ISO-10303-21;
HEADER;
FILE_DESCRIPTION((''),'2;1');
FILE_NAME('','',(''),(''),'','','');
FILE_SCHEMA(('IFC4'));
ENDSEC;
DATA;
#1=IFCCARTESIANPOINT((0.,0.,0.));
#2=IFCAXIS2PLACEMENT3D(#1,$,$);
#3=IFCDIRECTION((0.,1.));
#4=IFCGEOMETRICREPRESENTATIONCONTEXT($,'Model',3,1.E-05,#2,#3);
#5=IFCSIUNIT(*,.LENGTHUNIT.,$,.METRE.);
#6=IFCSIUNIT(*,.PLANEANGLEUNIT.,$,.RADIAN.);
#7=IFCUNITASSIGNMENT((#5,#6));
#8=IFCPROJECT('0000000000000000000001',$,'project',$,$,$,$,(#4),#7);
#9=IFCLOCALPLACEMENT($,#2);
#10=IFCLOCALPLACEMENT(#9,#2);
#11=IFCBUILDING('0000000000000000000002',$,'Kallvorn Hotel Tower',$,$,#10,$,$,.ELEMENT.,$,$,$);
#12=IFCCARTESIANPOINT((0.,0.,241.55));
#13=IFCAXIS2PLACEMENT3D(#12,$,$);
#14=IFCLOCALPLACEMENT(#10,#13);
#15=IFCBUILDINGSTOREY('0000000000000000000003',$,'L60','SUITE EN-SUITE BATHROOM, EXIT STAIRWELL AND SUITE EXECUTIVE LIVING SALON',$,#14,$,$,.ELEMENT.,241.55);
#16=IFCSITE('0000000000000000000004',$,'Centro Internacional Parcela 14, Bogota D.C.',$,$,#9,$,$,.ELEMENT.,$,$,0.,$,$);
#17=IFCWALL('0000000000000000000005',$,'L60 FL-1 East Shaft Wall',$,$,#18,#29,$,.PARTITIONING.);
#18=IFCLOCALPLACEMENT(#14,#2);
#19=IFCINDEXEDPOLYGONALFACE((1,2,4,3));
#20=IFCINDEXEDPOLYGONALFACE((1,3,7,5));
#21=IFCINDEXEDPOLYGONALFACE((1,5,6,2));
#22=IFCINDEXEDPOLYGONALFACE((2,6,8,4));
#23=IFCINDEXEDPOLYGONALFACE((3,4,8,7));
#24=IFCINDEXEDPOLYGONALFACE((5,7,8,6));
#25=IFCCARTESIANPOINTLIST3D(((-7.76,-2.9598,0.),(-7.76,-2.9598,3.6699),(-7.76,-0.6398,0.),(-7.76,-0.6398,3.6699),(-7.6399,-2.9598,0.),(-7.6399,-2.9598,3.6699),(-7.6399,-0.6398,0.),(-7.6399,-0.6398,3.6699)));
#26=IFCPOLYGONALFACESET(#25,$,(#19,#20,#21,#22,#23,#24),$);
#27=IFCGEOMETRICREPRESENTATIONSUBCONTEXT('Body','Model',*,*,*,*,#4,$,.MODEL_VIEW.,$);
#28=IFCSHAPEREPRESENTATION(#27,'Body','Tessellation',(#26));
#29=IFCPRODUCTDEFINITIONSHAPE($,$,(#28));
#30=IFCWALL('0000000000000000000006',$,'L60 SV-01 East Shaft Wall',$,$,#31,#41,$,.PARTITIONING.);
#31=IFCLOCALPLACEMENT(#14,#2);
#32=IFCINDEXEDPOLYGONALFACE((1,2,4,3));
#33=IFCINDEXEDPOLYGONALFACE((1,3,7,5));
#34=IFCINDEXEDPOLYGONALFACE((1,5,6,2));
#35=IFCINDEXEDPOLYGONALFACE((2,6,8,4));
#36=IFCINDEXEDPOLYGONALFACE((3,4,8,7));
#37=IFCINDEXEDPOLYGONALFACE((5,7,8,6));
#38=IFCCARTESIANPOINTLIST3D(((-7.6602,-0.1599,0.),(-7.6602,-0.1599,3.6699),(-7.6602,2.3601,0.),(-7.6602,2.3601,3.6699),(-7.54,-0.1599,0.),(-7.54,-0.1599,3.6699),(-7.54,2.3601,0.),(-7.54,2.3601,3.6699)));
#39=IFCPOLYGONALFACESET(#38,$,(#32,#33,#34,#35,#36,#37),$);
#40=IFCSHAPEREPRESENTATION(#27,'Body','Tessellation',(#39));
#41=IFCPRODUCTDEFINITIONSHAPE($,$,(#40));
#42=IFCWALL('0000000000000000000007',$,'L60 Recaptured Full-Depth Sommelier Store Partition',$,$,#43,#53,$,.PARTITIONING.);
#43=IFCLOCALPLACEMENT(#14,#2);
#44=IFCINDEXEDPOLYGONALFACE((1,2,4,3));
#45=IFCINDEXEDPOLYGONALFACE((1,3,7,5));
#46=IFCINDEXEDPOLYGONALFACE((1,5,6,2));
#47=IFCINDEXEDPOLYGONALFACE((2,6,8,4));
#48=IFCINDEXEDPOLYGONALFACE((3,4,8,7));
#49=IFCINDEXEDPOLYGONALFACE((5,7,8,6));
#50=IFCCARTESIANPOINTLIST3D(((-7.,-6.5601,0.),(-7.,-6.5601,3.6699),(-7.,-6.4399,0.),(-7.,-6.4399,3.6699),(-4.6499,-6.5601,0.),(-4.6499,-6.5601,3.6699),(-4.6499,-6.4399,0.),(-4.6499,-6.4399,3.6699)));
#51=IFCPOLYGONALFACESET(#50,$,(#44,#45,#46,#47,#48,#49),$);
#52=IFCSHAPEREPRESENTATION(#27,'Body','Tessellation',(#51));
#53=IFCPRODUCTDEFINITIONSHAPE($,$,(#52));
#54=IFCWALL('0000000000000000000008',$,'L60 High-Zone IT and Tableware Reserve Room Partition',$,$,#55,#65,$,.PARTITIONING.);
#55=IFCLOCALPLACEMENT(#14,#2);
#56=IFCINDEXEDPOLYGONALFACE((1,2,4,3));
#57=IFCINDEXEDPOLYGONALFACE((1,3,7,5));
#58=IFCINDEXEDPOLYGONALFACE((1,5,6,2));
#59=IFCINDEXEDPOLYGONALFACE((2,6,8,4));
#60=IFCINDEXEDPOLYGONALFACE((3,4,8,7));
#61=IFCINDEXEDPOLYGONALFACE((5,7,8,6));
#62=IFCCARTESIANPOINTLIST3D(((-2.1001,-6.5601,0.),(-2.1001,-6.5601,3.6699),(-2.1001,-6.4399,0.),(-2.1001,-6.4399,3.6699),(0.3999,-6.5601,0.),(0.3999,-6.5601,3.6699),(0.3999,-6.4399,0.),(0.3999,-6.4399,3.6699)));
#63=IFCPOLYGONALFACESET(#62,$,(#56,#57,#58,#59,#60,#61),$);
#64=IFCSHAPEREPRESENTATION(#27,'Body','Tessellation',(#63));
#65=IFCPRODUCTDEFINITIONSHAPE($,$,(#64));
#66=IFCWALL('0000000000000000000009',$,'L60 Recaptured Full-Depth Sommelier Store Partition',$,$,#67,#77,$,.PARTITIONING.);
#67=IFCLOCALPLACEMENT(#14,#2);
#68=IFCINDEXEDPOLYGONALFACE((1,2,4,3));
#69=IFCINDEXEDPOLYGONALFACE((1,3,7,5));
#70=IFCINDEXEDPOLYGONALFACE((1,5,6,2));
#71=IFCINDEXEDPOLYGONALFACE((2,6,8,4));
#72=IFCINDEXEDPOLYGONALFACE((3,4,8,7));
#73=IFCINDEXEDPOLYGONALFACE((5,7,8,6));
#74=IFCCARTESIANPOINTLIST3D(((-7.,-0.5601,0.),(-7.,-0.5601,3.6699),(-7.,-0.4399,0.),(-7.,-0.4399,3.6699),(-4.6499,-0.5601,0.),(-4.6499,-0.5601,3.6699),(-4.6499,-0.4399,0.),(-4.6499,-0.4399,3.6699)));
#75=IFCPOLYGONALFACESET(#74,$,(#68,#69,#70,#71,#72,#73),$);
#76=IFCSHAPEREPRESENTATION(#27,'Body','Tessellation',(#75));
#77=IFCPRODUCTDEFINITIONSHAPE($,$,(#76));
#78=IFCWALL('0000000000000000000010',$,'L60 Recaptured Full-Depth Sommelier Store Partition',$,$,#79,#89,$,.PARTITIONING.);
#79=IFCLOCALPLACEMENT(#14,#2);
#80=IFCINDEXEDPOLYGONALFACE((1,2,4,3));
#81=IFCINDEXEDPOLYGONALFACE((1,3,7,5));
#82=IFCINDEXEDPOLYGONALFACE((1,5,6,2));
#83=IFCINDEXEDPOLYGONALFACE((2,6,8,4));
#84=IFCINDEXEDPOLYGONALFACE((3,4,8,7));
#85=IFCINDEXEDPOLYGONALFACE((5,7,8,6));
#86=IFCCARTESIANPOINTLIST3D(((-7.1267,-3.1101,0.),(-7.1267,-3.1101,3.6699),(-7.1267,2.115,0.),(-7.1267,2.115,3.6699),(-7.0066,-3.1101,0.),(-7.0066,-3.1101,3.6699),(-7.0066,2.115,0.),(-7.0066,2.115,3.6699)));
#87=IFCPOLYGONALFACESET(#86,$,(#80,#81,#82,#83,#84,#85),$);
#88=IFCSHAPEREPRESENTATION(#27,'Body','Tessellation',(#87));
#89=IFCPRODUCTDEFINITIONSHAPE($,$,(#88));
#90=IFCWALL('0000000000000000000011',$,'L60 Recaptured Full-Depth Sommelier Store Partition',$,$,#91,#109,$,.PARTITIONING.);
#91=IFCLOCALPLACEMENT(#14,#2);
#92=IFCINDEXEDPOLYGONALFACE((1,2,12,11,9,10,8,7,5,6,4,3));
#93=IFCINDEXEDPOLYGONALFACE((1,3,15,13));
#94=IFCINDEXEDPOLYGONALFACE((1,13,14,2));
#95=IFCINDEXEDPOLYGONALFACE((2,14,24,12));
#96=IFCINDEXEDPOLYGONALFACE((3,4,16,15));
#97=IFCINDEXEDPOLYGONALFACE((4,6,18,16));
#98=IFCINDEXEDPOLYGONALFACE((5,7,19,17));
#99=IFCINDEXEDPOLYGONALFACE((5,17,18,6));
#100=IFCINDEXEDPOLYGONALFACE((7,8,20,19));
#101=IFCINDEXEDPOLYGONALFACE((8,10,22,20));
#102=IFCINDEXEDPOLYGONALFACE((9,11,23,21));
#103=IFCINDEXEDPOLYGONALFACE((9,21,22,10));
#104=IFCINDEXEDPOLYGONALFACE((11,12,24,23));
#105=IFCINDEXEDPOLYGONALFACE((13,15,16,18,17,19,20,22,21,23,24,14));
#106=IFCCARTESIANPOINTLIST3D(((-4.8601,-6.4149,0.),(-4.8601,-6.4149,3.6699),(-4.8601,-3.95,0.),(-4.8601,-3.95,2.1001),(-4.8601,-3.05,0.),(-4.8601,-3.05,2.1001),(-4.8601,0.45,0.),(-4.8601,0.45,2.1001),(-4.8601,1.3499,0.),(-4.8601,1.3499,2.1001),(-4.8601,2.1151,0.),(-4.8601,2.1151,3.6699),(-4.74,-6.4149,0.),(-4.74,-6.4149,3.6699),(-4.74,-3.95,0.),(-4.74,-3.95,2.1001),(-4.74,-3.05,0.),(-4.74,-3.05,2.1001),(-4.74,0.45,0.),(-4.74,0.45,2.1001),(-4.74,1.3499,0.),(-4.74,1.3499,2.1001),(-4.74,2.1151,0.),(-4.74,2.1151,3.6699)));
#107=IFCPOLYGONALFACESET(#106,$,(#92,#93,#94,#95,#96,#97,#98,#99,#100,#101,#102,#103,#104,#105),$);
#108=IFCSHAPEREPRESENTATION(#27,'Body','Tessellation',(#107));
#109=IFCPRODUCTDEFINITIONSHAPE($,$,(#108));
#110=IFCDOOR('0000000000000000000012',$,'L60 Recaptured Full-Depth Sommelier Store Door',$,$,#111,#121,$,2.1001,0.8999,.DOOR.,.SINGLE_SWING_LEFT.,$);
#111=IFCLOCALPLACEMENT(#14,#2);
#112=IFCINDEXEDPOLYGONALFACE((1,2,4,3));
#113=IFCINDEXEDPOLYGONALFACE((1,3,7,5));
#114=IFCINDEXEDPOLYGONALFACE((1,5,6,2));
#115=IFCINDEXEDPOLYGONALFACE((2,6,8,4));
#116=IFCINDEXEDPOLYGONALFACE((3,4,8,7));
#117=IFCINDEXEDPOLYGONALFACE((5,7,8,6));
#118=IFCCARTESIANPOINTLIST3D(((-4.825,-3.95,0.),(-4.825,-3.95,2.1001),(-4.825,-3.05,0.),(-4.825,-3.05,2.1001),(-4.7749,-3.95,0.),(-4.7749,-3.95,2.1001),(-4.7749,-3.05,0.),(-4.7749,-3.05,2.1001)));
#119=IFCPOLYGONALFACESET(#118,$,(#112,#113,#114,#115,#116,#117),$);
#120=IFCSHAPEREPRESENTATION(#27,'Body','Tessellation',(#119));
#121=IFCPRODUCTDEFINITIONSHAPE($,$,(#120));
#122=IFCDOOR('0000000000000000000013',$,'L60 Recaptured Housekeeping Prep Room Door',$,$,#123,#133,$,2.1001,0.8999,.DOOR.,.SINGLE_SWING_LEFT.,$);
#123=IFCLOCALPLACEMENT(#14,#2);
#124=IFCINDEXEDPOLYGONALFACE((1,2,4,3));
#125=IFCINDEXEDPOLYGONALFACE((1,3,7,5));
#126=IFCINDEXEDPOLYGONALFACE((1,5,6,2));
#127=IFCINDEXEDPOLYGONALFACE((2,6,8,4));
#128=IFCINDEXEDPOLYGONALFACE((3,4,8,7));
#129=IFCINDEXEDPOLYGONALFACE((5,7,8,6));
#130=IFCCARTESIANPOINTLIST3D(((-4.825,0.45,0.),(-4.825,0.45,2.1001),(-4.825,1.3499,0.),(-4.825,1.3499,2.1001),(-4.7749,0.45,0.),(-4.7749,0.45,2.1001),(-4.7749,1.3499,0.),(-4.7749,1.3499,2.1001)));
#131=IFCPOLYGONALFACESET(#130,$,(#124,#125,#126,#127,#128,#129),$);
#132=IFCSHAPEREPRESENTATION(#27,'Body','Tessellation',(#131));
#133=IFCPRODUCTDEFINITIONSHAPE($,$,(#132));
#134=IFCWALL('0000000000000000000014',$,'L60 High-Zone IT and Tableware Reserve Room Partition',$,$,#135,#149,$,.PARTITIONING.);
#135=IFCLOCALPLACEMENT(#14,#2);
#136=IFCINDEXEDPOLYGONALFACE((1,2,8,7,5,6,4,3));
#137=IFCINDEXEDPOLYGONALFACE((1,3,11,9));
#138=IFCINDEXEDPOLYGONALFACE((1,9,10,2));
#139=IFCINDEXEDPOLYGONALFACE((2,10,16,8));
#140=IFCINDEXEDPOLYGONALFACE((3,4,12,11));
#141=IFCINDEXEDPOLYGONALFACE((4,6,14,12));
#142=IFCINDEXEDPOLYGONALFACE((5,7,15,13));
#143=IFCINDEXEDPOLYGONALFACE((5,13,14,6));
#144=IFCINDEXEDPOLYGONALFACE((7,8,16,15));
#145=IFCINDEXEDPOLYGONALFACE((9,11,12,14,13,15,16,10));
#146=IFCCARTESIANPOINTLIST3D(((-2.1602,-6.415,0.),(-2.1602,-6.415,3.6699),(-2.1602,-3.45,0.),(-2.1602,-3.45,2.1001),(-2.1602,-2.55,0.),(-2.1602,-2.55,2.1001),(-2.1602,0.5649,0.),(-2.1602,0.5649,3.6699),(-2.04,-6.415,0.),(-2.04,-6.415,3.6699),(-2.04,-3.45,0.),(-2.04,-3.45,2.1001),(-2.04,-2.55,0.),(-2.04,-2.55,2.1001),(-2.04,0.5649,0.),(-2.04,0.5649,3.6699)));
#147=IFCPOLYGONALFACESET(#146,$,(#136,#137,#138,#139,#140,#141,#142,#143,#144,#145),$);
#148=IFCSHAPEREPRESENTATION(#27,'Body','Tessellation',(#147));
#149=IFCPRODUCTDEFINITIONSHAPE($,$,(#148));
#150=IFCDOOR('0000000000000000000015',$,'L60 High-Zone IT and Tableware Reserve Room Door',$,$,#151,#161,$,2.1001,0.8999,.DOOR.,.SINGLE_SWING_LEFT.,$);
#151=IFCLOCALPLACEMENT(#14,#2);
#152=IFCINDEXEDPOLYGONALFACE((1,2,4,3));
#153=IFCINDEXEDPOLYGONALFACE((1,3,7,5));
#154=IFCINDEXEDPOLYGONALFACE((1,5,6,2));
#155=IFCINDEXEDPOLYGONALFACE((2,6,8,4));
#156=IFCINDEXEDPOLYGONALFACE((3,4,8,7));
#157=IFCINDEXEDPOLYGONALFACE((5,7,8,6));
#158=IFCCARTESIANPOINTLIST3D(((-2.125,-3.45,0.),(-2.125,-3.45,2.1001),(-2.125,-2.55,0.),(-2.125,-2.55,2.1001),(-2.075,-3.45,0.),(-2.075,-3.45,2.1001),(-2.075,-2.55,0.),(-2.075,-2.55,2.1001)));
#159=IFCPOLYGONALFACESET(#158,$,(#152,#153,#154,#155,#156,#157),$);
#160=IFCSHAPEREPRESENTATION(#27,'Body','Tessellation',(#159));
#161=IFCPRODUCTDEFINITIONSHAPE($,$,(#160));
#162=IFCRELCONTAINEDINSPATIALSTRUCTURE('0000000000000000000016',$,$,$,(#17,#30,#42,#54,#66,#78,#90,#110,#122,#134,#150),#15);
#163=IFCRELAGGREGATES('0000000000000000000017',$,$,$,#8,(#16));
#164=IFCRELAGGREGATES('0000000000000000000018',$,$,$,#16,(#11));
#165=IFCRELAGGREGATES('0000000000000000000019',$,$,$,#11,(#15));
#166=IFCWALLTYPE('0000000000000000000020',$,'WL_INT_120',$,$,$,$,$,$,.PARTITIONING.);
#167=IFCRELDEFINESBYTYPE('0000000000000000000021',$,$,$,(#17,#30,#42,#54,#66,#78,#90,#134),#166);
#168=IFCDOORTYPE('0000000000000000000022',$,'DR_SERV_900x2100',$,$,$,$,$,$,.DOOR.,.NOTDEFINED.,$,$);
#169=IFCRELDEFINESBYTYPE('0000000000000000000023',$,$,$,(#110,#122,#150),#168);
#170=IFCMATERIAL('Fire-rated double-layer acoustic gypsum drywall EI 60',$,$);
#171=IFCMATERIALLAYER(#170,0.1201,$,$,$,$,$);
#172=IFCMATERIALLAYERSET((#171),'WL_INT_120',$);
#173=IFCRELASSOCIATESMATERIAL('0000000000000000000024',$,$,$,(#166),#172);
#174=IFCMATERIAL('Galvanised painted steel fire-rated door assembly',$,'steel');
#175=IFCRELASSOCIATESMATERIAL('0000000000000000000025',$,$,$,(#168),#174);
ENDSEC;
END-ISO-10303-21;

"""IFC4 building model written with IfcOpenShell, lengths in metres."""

from ifc_helpers import new_model, si_unit, direction, frame, frame_2d, origin, place, context, subcontext, project, spatial, rectangle, extrude, material, layer, layer_set, type_object, element, fill, save


model = new_model("IFC4")

# Units and contexts
model_context = context("Model", 3, precision=1e-05, world=origin(), true_north=direction((0.0, 1.0)))
body_context = subcontext(model_context, "Body", "Model", "MODEL_VIEW")
ifc_project = project(units=[si_unit("LENGTHUNIT", "METRE"), si_unit("PLANEANGLEUNIT", "RADIAN")], contexts=[model_context])

# Site, building, storey
site_placement = place(None, origin())
site = spatial("IfcSite", under=ifc_project, at=site_placement, Name="Centro Internacional Parcela 14, Bogota D.C.", CompositionType="ELEMENT", RefElevation=0.0)
building_placement = place(site_placement, origin())
building = spatial("IfcBuilding", under=site, at=building_placement, Name="Kallvorn Hotel Tower", CompositionType="ELEMENT")
storey_placement = place(building_placement, frame((0.0, 0.0, 241.55)))
storey = spatial("IfcBuildingStorey", under=building, at=storey_placement, Name="L60", Description="SUITE EN-SUITE BATHROOM, EXIT STAIRWELL AND SUITE EXECUTIVE LIVING SALON", CompositionType="ELEMENT", Elevation=241.55)

# Walls
ifc_material_1 = material(Name="Fire-rated double-layer acoustic gypsum drywall EI 60")
ifc_layer_1 = layer(ifc_material_1, 0.1201)
ifc_layer_set_1 = layer_set([ifc_layer_1], Name="WL_INT_120")
wall_type_1 = type_object("IfcWallType", Name="WL_INT_120", PredefinedType="PARTITIONING", material=ifc_layer_set_1)
wall_1_placement = place(storey_placement, frame((-7.7, -2.96, 0.0), z_axis=(0.0, 0.0, 1.0), x_axis=(0.0, 1.0, 0.0)))
element("IfcWall", 1, at=wall_1_placement, inside=storey, type_object=wall_type_1, Name="L60 FL-1 East Shaft Wall", PredefinedType="PARTITIONING", context=body_context, shape_type="SweptSolid", body=[
    extrude(rectangle(XDim=2.3201, YDim=0.1201, at=frame_2d((1.1602, 0.0))), origin(), (0.0, 0.0, 1.0), 3.6699),
])
wall_2_placement = place(storey_placement, frame((-7.6001, -0.1599, 0.0), z_axis=(0.0, 0.0, 1.0), x_axis=(0.0, 1.0, 0.0)))
element("IfcWall", 2, at=wall_2_placement, inside=storey, type_object=wall_type_1, Name="L60 SV-01 East Shaft Wall", PredefinedType="PARTITIONING", context=body_context, shape_type="SweptSolid", body=[
    extrude(rectangle(XDim=2.52, YDim=0.1201, at=frame_2d((1.26, 0.0))), origin(), (0.0, 0.0, 1.0), 3.6699),
])
wall_3_placement = place(storey_placement, frame((-7.0, -6.5, 0.0), z_axis=(0.0, 0.0, 1.0), x_axis=(1.0, 0.0, 0.0)))
element("IfcWall", 3, at=wall_3_placement, inside=storey, type_object=wall_type_1, Name="L60 Recaptured Full-Depth Sommelier Store Partition", PredefinedType="PARTITIONING", context=body_context, shape_type="SweptSolid", body=[
    extrude(rectangle(XDim=2.3501, YDim=0.1201, at=frame_2d((1.175, 0.0))), origin(), (0.0, 0.0, 1.0), 3.6699),
])
wall_4_placement = place(storey_placement, frame((-2.1001, -6.5, 0.0), z_axis=(0.0, 0.0, 1.0), x_axis=(1.0, 0.0, 0.0)))
element("IfcWall", 4, at=wall_4_placement, inside=storey, type_object=wall_type_1, Name="L60 High-Zone IT and Tableware Reserve Room Partition", PredefinedType="PARTITIONING", context=body_context, shape_type="SweptSolid", body=[
    extrude(rectangle(XDim=2.5, YDim=0.1201, at=frame_2d((1.25, 0.0))), origin(), (0.0, 0.0, 1.0), 3.6699),
])
wall_5_placement = place(storey_placement, frame((-7.0, -0.5, 0.0), z_axis=(0.0, 0.0, 1.0), x_axis=(1.0, 0.0, 0.0)))
element("IfcWall", 5, at=wall_5_placement, inside=storey, type_object=wall_type_1, Name="L60 Recaptured Full-Depth Sommelier Store Partition", PredefinedType="PARTITIONING", context=body_context, shape_type="SweptSolid", body=[
    extrude(rectangle(XDim=2.3501, YDim=0.1201, at=frame_2d((1.175, 0.0))), origin(), (0.0, 0.0, 1.0), 3.6699),
])
wall_6_placement = place(storey_placement, frame((-7.0667, -3.1101, 0.0), z_axis=(0.0, 0.0, 1.0), x_axis=(0.0, 1.0, 0.0)))
element("IfcWall", 6, at=wall_6_placement, inside=storey, type_object=wall_type_1, Name="L60 Recaptured Full-Depth Sommelier Store Partition", PredefinedType="PARTITIONING", context=body_context, shape_type="SweptSolid", body=[
    extrude(rectangle(XDim=5.2251, YDim=0.1201, at=frame_2d((2.6125, 0.0))), origin(), (0.0, 0.0, 1.0), 3.6699),
])

# Wall, openings, doors
wall_7_placement = place(storey_placement, frame((-4.8, -6.415, 0.0), z_axis=(0.0, 0.0, 1.0), x_axis=(0.0, 1.0, 0.0)))
wall_7 = element("IfcWall", 7, at=wall_7_placement, inside=storey, type_object=wall_type_1, Name="L60 Recaptured Full-Depth Sommelier Store Partition", PredefinedType="PARTITIONING", context=body_context, shape_type="SweptSolid", body=[
    extrude(rectangle(XDim=8.53, YDim=0.1201, at=frame_2d((4.2651, 0.0))), origin(), (0.0, 0.0, 1.0), 3.6699),
])
opening_1_placement = place(wall_7_placement, frame((2.4651, 0.0, 0.0)))
opening_1 = element("IfcOpeningElement", 8, at=opening_1_placement, cuts=wall_7, PredefinedType="OPENING", context=body_context, shape_type="SweptSolid", body=[
    extrude(rectangle(XDim=0.8999, YDim=2.1001, at=frame_2d((0.45, 1.05))), frame((0.0, 0.075, 0.0), z_axis=(0.0, -1.0, 0.0), x_axis=(1.0, 0.0, 0.0)), (0.0, 0.0, 1.0), 0.1501),
])
opening_2_placement = place(wall_7_placement, frame((6.865, 0.0, 0.0)))
opening_2 = element("IfcOpeningElement", 9, at=opening_2_placement, cuts=wall_7, PredefinedType="OPENING", context=body_context, shape_type="SweptSolid", body=[
    extrude(rectangle(XDim=0.8999, YDim=2.1001, at=frame_2d((0.45, 1.05))), frame((0.0, 0.075, 0.0), z_axis=(0.0, -1.0, 0.0), x_axis=(1.0, 0.0, 0.0)), (0.0, 0.0, 1.0), 0.1501),
])
ifc_material_2 = material(Name="Galvanised painted steel fire-rated door assembly", Category="steel")
door_type_1 = type_object("IfcDoorType", Name="DR_SERV_900x2100", OperationType="NOTDEFINED", PredefinedType="DOOR", material=ifc_material_2)
door_1_placement = place(opening_1_placement, origin())
door_1 = element("IfcDoor", 10, at=door_1_placement, inside=storey, type_object=door_type_1, Name="L60 Recaptured Full-Depth Sommelier Store Door", OperationType="SINGLE_SWING_LEFT", OverallHeight=2.1001, OverallWidth=0.8999, PredefinedType="DOOR", context=body_context, shape_type="SweptSolid", body=[
    extrude(rectangle(XDim=0.8999, YDim=2.1001, at=frame_2d((0.45, 1.05))), frame((0.0, 0.0249, 0.0), z_axis=(0.0, -1.0, 0.0), x_axis=(1.0, 0.0, 0.0)), (0.0, 0.0, 1.0), 0.05),
])
fill(opening_1, door_1)
door_2_placement = place(opening_2_placement, origin())
door_2 = element("IfcDoor", 11, at=door_2_placement, inside=storey, type_object=door_type_1, Name="L60 Recaptured Housekeeping Prep Room Door", OperationType="SINGLE_SWING_LEFT", OverallHeight=2.1001, OverallWidth=0.8999, PredefinedType="DOOR", context=body_context, shape_type="SweptSolid", body=[
    extrude(rectangle(XDim=0.8999, YDim=2.1001, at=frame_2d((0.45, 1.05))), frame((0.0, 0.0249, 0.0), z_axis=(0.0, -1.0, 0.0), x_axis=(1.0, 0.0, 0.0)), (0.0, 0.0, 1.0), 0.05),
])
fill(opening_2, door_2)

# Wall, opening, door
wall_8_placement = place(storey_placement, frame((-2.1001, -6.415, 0.0), z_axis=(0.0, 0.0, 1.0), x_axis=(0.0, 1.0, 0.0)))
wall_8 = element("IfcWall", 12, at=wall_8_placement, inside=storey, type_object=wall_type_1, Name="L60 High-Zone IT and Tableware Reserve Room Partition", PredefinedType="PARTITIONING", context=body_context, shape_type="SweptSolid", body=[
    extrude(rectangle(XDim=6.98, YDim=0.1201, at=frame_2d((3.49, 0.0))), origin(), (0.0, 0.0, 1.0), 3.6699),
])
opening_3_placement = place(wall_8_placement, frame((2.9651, 0.0, 0.0)))
opening_3 = element("IfcOpeningElement", 13, at=opening_3_placement, cuts=wall_8, PredefinedType="OPENING", context=body_context, shape_type="SweptSolid", body=[
    extrude(rectangle(XDim=0.8999, YDim=2.1001, at=frame_2d((0.45, 1.05))), frame((0.0, 0.075, 0.0), z_axis=(0.0, -1.0, 0.0), x_axis=(1.0, 0.0, 0.0)), (0.0, 0.0, 1.0), 0.1501),
])
door_3_placement = place(opening_3_placement, origin())
door_3 = element("IfcDoor", 14, at=door_3_placement, inside=storey, type_object=door_type_1, Name="L60 High-Zone IT and Tableware Reserve Room Door", OperationType="SINGLE_SWING_LEFT", OverallHeight=2.1001, OverallWidth=0.8999, PredefinedType="DOOR", context=body_context, shape_type="SweptSolid", body=[
    extrude(rectangle(XDim=0.8999, YDim=2.1001, at=frame_2d((0.45, 1.05))), frame((0.0, 0.0249, 0.0), z_axis=(0.0, -1.0, 0.0), x_axis=(1.0, 0.0, 0.0)), (0.0, 0.0, 1.0), 0.05),
])
fill(opening_3, door_3)

save(model, "model.ifc")
